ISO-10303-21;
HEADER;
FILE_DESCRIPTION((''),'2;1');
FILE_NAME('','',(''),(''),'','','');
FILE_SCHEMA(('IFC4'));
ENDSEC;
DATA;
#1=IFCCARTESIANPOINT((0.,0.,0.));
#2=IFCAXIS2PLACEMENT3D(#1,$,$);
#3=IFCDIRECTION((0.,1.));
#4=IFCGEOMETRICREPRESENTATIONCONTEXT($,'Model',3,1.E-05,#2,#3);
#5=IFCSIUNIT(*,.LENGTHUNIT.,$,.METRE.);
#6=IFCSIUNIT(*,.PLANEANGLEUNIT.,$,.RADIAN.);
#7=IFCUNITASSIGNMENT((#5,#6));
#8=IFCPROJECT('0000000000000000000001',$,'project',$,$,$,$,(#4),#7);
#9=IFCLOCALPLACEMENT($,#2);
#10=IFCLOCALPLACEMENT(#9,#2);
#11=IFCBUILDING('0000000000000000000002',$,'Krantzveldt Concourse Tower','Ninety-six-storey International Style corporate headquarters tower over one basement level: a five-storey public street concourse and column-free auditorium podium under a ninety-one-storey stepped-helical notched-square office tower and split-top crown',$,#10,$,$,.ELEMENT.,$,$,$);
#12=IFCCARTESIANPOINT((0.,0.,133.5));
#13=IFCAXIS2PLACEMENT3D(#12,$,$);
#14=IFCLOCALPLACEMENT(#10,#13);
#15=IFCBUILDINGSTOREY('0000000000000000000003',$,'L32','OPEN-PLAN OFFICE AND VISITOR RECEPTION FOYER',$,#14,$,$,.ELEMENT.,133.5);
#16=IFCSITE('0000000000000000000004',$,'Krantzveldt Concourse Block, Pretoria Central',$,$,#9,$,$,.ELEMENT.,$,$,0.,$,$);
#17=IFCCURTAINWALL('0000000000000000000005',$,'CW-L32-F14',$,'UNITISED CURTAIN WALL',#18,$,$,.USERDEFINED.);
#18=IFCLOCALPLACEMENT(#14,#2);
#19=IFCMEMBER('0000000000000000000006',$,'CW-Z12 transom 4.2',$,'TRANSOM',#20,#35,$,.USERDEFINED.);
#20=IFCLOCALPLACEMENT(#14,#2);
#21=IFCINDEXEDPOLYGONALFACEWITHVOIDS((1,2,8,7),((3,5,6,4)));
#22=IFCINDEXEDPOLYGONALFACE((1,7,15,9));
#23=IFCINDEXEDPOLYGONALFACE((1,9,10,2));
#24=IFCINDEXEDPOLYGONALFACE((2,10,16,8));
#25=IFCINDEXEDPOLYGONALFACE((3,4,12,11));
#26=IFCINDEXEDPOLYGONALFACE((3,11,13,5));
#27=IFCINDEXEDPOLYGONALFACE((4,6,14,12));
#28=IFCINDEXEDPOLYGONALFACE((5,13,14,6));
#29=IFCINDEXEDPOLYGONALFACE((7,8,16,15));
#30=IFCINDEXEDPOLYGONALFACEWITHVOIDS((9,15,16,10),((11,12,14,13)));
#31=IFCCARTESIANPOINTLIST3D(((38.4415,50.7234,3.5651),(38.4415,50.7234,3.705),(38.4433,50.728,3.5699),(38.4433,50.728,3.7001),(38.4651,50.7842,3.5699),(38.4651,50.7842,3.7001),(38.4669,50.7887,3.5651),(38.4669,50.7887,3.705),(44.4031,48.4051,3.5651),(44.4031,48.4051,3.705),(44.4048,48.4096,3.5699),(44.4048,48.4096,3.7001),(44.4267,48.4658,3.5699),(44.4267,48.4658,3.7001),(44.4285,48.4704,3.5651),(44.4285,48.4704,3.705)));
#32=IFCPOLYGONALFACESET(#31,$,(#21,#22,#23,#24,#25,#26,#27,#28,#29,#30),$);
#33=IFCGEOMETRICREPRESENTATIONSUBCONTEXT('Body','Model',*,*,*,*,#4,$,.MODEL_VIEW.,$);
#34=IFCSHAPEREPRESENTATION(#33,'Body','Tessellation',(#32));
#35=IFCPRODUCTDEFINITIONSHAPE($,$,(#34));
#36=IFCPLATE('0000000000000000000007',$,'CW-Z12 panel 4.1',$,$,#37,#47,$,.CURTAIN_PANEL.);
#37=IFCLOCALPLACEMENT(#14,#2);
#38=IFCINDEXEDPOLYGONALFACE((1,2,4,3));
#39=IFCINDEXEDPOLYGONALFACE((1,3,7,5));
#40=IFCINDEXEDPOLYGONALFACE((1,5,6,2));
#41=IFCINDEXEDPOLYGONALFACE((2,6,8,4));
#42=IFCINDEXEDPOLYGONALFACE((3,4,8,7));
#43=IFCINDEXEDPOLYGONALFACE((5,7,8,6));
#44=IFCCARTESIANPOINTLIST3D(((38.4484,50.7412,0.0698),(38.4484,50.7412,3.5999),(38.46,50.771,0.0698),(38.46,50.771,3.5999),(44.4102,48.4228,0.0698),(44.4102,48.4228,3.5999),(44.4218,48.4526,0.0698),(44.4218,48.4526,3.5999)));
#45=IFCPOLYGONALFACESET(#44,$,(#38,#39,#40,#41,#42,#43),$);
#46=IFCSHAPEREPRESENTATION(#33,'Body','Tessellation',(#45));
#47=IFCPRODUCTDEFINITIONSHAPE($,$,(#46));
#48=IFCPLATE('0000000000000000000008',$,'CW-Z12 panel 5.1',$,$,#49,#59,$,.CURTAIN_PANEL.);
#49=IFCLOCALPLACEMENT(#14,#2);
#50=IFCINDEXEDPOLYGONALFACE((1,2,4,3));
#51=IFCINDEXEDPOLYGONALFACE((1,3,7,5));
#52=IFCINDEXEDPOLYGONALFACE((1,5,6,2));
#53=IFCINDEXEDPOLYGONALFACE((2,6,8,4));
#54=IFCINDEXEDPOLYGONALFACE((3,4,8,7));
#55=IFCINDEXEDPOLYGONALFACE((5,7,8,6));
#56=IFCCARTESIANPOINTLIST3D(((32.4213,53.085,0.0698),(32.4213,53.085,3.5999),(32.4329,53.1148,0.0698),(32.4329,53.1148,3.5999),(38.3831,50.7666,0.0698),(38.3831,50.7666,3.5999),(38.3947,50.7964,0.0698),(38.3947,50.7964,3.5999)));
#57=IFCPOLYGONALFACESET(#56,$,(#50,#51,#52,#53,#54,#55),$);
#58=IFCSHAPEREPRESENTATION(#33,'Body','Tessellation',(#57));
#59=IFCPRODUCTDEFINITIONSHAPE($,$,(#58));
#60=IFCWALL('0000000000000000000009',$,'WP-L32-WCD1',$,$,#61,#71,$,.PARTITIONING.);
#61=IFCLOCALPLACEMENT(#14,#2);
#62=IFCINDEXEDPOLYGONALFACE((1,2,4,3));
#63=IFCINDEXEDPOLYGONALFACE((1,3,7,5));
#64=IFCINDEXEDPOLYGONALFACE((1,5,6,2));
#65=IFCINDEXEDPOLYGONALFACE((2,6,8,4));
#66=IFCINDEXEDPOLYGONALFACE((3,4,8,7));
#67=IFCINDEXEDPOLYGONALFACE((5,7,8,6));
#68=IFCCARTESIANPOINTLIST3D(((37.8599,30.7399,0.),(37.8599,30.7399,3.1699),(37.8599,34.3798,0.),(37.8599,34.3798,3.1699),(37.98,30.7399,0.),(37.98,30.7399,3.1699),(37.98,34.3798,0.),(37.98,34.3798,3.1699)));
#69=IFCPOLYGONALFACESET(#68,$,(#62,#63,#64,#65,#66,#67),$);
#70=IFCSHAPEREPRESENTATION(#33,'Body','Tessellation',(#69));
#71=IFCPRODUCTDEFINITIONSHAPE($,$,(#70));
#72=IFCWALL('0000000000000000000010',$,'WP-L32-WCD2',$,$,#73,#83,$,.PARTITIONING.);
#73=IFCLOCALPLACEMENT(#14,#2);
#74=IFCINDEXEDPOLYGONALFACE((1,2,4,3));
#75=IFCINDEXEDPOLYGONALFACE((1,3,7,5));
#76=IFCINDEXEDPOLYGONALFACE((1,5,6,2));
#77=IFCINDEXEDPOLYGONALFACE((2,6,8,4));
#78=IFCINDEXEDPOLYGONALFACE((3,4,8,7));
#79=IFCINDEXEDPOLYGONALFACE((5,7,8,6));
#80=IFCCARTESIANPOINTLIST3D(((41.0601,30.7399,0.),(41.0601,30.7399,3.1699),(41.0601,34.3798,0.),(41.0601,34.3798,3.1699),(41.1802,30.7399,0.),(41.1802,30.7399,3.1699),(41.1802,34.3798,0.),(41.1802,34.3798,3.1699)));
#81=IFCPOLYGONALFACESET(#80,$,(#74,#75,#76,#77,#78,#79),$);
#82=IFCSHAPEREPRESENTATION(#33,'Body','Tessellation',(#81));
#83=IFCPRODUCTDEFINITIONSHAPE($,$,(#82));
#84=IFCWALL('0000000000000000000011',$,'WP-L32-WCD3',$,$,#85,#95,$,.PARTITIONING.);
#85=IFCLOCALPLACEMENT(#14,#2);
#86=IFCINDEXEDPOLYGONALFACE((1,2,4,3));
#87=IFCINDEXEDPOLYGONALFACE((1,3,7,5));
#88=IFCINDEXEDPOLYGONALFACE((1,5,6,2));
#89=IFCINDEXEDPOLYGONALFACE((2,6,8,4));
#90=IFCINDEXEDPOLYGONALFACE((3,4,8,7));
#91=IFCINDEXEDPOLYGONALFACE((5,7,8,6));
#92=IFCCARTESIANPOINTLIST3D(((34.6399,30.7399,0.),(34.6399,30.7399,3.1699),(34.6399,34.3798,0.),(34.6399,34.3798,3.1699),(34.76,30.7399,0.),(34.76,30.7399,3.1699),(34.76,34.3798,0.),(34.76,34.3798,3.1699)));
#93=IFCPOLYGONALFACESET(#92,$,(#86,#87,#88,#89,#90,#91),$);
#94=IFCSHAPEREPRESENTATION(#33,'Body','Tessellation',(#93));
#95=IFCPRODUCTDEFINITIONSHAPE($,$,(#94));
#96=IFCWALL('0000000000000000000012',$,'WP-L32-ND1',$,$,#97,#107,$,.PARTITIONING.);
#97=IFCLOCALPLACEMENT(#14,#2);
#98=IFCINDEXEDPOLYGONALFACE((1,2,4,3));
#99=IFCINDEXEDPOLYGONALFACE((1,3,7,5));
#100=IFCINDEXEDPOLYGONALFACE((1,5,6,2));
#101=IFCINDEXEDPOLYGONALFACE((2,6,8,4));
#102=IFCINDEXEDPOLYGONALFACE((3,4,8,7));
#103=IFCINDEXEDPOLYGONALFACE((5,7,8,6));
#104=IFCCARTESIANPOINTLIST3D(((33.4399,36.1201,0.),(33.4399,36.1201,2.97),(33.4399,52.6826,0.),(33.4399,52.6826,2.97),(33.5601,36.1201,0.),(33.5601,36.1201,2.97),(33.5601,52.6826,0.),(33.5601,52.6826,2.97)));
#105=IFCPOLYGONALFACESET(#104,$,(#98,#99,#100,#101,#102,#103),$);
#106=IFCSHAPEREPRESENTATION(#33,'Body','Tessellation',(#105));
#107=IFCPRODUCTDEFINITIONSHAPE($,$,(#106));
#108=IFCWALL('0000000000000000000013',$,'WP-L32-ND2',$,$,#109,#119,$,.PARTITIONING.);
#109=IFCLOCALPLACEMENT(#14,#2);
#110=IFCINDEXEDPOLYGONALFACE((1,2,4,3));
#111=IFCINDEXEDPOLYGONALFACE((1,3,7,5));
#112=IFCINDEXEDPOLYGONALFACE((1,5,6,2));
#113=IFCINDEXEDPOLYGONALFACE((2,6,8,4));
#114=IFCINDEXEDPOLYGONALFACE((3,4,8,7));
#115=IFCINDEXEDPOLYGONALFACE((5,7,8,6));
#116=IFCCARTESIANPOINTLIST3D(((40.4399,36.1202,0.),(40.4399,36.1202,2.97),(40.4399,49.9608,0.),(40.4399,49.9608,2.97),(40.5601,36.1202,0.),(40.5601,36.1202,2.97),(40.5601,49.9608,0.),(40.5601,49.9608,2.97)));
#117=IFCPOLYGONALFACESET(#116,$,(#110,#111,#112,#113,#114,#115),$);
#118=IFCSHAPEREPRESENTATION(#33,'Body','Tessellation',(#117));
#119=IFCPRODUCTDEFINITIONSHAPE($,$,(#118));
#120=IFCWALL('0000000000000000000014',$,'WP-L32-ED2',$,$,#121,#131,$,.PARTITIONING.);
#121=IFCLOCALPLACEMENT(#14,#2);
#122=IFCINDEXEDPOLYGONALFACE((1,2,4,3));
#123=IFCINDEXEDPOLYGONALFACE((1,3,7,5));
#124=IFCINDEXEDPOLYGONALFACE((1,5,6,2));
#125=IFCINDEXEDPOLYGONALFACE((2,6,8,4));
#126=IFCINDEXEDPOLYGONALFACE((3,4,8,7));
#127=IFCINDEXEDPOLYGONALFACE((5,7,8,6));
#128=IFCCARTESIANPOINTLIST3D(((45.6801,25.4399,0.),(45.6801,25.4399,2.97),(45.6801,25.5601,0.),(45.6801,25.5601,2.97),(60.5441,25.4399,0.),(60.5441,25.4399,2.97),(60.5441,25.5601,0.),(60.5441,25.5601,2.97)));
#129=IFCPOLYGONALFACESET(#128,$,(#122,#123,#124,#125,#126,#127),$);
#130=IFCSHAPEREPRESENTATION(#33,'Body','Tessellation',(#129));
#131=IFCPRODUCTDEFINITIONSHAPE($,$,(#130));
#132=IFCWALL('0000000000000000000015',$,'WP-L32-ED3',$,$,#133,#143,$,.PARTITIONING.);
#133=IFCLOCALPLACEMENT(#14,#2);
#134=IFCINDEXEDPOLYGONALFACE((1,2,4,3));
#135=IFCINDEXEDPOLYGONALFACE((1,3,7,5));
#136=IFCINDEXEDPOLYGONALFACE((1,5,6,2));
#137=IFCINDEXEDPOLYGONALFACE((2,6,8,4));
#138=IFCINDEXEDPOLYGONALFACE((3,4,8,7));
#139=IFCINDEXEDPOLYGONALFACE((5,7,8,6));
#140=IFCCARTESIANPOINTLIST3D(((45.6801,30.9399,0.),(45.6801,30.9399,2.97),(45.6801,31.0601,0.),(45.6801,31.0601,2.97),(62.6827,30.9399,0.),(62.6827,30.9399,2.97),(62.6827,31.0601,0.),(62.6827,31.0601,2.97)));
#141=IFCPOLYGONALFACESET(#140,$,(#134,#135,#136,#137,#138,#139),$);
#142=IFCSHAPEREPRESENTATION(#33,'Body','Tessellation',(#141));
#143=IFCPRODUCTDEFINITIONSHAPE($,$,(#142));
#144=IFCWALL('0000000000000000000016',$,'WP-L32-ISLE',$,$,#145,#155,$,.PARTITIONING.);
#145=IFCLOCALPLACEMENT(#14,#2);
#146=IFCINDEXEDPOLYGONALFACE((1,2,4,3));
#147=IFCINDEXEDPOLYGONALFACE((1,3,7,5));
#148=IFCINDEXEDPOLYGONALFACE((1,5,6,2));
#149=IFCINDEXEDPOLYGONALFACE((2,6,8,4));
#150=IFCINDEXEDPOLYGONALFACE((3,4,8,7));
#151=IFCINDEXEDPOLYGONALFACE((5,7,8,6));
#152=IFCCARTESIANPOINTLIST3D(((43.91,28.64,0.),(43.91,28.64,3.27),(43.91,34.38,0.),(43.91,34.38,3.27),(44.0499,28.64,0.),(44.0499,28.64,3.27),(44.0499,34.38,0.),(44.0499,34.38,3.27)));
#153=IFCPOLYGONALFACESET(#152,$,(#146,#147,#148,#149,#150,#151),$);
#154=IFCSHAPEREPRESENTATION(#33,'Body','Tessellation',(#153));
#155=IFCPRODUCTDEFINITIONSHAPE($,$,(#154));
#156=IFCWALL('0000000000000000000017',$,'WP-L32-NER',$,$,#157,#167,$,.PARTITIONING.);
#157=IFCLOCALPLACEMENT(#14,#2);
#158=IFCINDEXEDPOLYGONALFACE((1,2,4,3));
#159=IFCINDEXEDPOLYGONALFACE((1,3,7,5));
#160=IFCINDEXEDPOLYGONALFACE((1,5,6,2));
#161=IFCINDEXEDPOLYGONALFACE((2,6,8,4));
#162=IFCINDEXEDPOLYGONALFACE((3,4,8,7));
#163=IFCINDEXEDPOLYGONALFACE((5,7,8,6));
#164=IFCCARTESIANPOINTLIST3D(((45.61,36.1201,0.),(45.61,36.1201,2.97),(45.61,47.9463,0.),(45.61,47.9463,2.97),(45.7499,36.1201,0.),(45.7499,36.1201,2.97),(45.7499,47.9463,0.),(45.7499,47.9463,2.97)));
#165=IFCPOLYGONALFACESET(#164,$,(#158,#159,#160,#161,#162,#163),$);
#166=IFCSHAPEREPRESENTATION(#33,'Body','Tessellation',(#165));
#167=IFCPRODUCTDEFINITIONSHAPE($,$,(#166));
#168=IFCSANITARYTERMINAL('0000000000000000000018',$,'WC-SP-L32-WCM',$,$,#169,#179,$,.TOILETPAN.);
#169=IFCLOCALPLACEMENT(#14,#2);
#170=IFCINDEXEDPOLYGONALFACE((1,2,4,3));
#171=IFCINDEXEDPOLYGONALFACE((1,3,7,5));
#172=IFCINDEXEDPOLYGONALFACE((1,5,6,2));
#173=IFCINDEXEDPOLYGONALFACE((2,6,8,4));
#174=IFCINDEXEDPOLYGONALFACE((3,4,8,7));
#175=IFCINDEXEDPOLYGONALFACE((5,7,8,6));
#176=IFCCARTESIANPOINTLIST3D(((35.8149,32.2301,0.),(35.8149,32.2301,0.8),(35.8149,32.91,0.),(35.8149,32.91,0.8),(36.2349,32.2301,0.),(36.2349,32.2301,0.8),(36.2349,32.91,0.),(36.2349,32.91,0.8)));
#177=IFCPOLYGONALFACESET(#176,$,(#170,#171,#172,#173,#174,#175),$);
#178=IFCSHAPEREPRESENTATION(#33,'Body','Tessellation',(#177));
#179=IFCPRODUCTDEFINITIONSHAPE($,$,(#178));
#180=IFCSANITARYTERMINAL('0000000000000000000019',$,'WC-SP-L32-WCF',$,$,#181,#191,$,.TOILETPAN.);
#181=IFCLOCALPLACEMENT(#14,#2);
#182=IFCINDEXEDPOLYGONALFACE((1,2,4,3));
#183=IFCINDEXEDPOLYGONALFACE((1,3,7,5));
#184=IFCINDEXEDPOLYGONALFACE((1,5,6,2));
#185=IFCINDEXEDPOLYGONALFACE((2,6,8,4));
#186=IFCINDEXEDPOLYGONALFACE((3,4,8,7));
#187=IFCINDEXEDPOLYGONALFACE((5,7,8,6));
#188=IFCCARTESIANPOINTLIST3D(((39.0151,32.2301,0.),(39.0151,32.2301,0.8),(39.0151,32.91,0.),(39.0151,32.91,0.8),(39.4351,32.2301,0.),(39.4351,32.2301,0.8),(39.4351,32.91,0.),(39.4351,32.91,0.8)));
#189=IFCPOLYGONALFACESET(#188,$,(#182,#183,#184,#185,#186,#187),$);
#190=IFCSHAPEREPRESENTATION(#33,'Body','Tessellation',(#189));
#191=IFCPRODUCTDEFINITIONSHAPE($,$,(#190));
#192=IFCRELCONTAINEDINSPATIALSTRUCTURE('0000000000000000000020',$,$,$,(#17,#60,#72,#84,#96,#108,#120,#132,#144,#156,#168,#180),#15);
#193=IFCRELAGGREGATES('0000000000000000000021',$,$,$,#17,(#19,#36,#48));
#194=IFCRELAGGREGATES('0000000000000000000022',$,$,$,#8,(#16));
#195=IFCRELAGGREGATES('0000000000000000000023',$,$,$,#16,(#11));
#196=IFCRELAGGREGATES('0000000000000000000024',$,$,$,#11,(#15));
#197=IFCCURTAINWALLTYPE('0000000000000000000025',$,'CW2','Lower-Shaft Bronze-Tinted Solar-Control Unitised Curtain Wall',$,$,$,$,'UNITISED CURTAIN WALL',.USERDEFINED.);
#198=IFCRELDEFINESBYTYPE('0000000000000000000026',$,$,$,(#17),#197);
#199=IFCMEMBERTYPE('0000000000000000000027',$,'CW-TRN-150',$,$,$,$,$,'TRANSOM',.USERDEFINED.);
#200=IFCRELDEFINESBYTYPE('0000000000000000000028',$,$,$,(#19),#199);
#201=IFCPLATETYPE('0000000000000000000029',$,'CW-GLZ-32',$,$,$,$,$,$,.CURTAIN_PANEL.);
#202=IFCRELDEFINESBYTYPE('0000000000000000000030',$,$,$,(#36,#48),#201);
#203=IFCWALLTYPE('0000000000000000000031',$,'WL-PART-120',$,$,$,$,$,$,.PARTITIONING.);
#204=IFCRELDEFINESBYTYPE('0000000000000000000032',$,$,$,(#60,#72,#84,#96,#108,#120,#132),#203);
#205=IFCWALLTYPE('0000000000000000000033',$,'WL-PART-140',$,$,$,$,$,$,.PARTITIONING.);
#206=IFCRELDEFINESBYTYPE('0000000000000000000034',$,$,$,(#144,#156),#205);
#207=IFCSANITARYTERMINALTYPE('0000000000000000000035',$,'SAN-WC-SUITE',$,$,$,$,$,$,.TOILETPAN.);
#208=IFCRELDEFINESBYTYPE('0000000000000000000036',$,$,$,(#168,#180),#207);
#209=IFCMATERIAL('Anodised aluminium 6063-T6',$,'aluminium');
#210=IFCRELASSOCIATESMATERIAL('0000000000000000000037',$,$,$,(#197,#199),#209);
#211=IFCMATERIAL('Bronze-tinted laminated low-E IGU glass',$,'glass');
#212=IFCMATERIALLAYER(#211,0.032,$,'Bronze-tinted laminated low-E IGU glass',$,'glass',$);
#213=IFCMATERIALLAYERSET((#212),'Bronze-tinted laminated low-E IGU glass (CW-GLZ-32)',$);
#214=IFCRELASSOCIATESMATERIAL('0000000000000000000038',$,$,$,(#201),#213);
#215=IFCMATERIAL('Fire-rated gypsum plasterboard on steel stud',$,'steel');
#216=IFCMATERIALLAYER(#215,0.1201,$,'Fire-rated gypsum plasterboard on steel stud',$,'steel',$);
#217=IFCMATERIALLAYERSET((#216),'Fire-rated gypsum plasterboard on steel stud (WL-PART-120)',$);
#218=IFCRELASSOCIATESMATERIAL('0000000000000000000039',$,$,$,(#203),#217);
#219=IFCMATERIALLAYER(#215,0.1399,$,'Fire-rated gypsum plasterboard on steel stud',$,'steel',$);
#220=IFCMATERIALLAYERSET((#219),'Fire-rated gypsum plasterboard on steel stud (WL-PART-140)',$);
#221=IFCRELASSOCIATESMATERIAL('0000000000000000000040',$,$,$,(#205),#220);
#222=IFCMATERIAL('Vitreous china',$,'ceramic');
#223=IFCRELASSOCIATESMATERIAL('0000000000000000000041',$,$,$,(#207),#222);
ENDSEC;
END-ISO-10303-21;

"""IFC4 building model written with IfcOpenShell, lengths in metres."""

from ifc_helpers import new_model, si_unit, direction, frame, frame_2d, origin, origin_2d, place, context, subcontext, project, spatial, rectangle, hollow_rectangle, extrude, source, transform, mapped, material, layer, layer_set, material_profile, profile_set, type_object, type_shapes, element, aggregate, save


model = new_model("IFC4")

# Units and contexts
model_context = context("Model", 3, precision=1e-05, world=origin(), true_north=direction((0.0, 1.0)))
body_context = subcontext(model_context, "Body", "Model", "MODEL_VIEW")
ifc_project = project(units=[si_unit("LENGTHUNIT", "METRE"), si_unit("PLANEANGLEUNIT", "RADIAN")], contexts=[model_context])

# Site, building, storey
site_placement = place(None, origin())
site = spatial("IfcSite", under=ifc_project, at=site_placement, Name="Krantzveldt Concourse Block, Pretoria Central", CompositionType="ELEMENT", RefElevation=0.0)
building_placement = place(site_placement, origin())
building = spatial("IfcBuilding", under=site, at=building_placement, Name="Krantzveldt Concourse Tower", Description="Ninety-six-storey International Style corporate headquarters tower over one basement level: a five-storey public street concourse and column-free auditorium podium under a ninety-one-storey stepped-helical notched-square office tower and split-top crown", CompositionType="ELEMENT")
storey_placement = place(building_placement, frame((0.0, 0.0, 133.5)))
storey = spatial("IfcBuildingStorey", under=building, at=storey_placement, Name="L32", Description="OPEN-PLAN OFFICE AND VISITOR RECEPTION FOYER", CompositionType="ELEMENT", Elevation=133.5)

# Curtain wall, member, plates
ifc_material_1 = material(Name="Anodised aluminium 6063-T6", Category="aluminium")
curtain_wall_type = type_object("IfcCurtainWallType", Name="CW2", Description="Lower-Shaft Bronze-Tinted Solar-Control Unitised Curtain Wall", ElementType="UNITISED CURTAIN WALL", PredefinedType="USERDEFINED", material=ifc_material_1)
curtain_wall_placement = place(storey_placement, origin())
curtain_wall = element("IfcCurtainWall", 1, at=curtain_wall_placement, inside=storey, type_object=curtain_wall_type, Name="CW-L32-F14", ObjectType="UNITISED CURTAIN WALL", PredefinedType="USERDEFINED")
ifc_material_profile_1 = material_profile(ifc_material_1, hollow_rectangle(XDim=0.0701, YDim=0.1399, WallThickness=0.0049, at=origin_2d()), Name="Anodised aluminium 6063-T6", Category="aluminium")
ifc_profile_set_1 = profile_set([ifc_material_profile_1], Name="Anodised aluminium 6063-T6 - ALU-TRAN 140x70x5")
member_type_1 = type_object("IfcMemberType", Name="CW-TRN-150", ElementType="TRANSOM", PredefinedType="USERDEFINED", material=ifc_profile_set_1)
shared_shape_1 = source(origin(), body_context, "Body", "SweptSolid", [
    extrude(hollow_rectangle(XDim=0.0701, YDim=0.1399, WallThickness=0.0049, at=origin_2d()), origin(), (0.0, 0.0, 1.0), 6.3965),
])
member_1_placement = place(storey_placement, frame((44.4158, 48.4377, 3.635), z_axis=(-0.932008, 0.362437, 0.0), x_axis=(-0.362437, -0.932008, 0.0)))
member_1 = element("IfcMember", 2, at=member_1_placement, type_object=member_type_1, Name="CW-Z12 transom 4.2", ObjectType="TRANSOM", PredefinedType="USERDEFINED", context=body_context, shape_type="MappedRepresentation", body=[
    mapped(shared_shape_1, transform((0.0, 0.0, 0.0), x_axis=(1.0, 0.0, 0.0), y_axis=(0.0, 1.0, 0.0), z_axis=(0.0, 0.0, 1.0), scale=1.0)),
])
ifc_material_2 = material(Name="Bronze-tinted laminated low-E IGU glass", Category="glass")
ifc_layer_1 = layer(ifc_material_2, 0.032, Name="Bronze-tinted laminated low-E IGU glass", Category="glass")
ifc_layer_set_1 = layer_set([ifc_layer_1], Name="Bronze-tinted laminated low-E IGU glass (CW-GLZ-32)")
plate_type = type_object("IfcPlateType", Name="CW-GLZ-32", PredefinedType="CURTAIN_PANEL", material=ifc_layer_set_1)
shared_shape_2 = source(origin(), body_context, "Body", "SweptSolid", [
    extrude(rectangle(XDim=6.3967, YDim=0.032, at=origin_2d()), origin(), (0.0, 0.0, 1.0), 3.53),
])
type_shapes(plate_type, [shared_shape_2])
plate_1_placement = place(storey_placement, frame((41.4351, 49.5969, 0.0698), z_axis=(0.0, 0.0, 1.0), x_axis=(-0.932008, 0.362438, 0.0)))
plate_1 = element("IfcPlate", 3, at=plate_1_placement, type_object=plate_type, Name="CW-Z12 panel 4.1", PredefinedType="CURTAIN_PANEL", context=body_context, shape_type="MappedRepresentation", body=[
    mapped(shared_shape_2, transform((0.0, 0.0, 0.0), x_axis=(1.0, 0.0, 0.0), y_axis=(0.0, 1.0, 0.0), z_axis=(0.0, 0.0, 1.0), scale=1.0)),
])
plate_2_placement = place(storey_placement, frame((35.408, 51.9407, 0.0698), z_axis=(0.0, 0.0, 1.0), x_axis=(-0.932008, 0.362438, 0.0)))
plate_2 = element("IfcPlate", 4, at=plate_2_placement, type_object=plate_type, Name="CW-Z12 panel 5.1", PredefinedType="CURTAIN_PANEL", context=body_context, shape_type="MappedRepresentation", body=[
    mapped(shared_shape_2, transform((0.0, 0.0, 0.0), x_axis=(1.0, 0.0, 0.0), y_axis=(0.0, 1.0, 0.0), z_axis=(0.0, 0.0, 1.0), scale=1.0)),
])
aggregate(curtain_wall, [member_1, plate_1, plate_2])

# Walls
ifc_material_3 = material(Name="Fire-rated gypsum plasterboard on steel stud", Category="steel")
ifc_layer_2 = layer(ifc_material_3, 0.1201, Name="Fire-rated gypsum plasterboard on steel stud", Category="steel")
ifc_layer_set_2 = layer_set([ifc_layer_2], Name="Fire-rated gypsum plasterboard on steel stud (WL-PART-120)")
wall_type_1 = type_object("IfcWallType", Name="WL-PART-120", PredefinedType="PARTITIONING", material=ifc_layer_set_2)
for number, where, z_axis, x_axis, name in (
    (5, (37.9199, 30.74, 0.0), (0.0, 0.0, 1.0), (0.0, 1.0, 0.0), "WP-L32-WCD1"),
    (6, (41.1201, 30.74, 0.0), (0.0, 0.0, 1.0), (0.0, 1.0, 0.0), "WP-L32-WCD2"),
    (7, (34.7, 30.74, 0.0), (0.0, 0.0, 1.0), (0.0, 1.0, 0.0), "WP-L32-WCD3"),
):
    element("IfcWall", number, at=place(storey_placement, frame(where, z_axis=z_axis, x_axis=x_axis)), inside=storey, type_object=wall_type_1, Name=name, PredefinedType="PARTITIONING", context=body_context, shape_type="SweptSolid", body=[
        extrude(rectangle(XDim=3.6399, YDim=0.1201, at=frame_2d((1.8198, 0.0))), origin(), (0.0, 0.0, 1.0), 3.1699),
    ])
wall_1_placement = place(storey_placement, frame((33.5, 36.1201, 0.0), z_axis=(0.0, 0.0, 1.0), x_axis=(0.0, 1.0, 0.0)))
element("IfcWall", 8, at=wall_1_placement, inside=storey, type_object=wall_type_1, Name="WP-L32-ND1", PredefinedType="PARTITIONING", context=body_context, shape_type="SweptSolid", body=[
    extrude(rectangle(XDim=16.5625, YDim=0.1201, at=frame_2d((8.2812, 0.0))), origin(), (0.0, 0.0, 1.0), 2.97),
])
wall_2_placement = place(storey_placement, frame((40.5, 36.1201, 0.0), z_axis=(0.0, 0.0, 1.0), x_axis=(0.0, 1.0, 0.0)))
element("IfcWall", 9, at=wall_2_placement, inside=storey, type_object=wall_type_1, Name="WP-L32-ND2", PredefinedType="PARTITIONING", context=body_context, shape_type="SweptSolid", body=[
    extrude(rectangle(XDim=13.8406, YDim=0.1201, at=frame_2d((6.9204, 0.0))), origin(), (0.0, 0.0, 1.0), 2.97),
])
wall_3_placement = place(storey_placement, frame((45.6799, 25.5, 0.0), z_axis=(0.0, 0.0, 1.0), x_axis=(1.0, 0.0, 0.0)))
element("IfcWall", 10, at=wall_3_placement, inside=storey, type_object=wall_type_1, Name="WP-L32-ED2", PredefinedType="PARTITIONING", context=body_context, shape_type="SweptSolid", body=[
    extrude(rectangle(XDim=14.864, YDim=0.1201, at=frame_2d((7.4321, 0.0))), origin(), (0.0, 0.0, 1.0), 2.97),
])
wall_4_placement = place(storey_placement, frame((45.6799, 31.0, 0.0), z_axis=(0.0, 0.0, 1.0), x_axis=(1.0, 0.0, 0.0)))
element("IfcWall", 11, at=wall_4_placement, inside=storey, type_object=wall_type_1, Name="WP-L32-ED3", PredefinedType="PARTITIONING", context=body_context, shape_type="SweptSolid", body=[
    extrude(rectangle(XDim=17.0027, YDim=0.1201, at=frame_2d((8.5015, 0.0))), origin(), (0.0, 0.0, 1.0), 2.97),
])
ifc_layer_3 = layer(ifc_material_3, 0.1399, Name="Fire-rated gypsum plasterboard on steel stud", Category="steel")
ifc_layer_set_3 = layer_set([ifc_layer_3], Name="Fire-rated gypsum plasterboard on steel stud (WL-PART-140)")
wall_type_2 = type_object("IfcWallType", Name="WL-PART-140", PredefinedType="PARTITIONING", material=ifc_layer_set_3)
wall_5_placement = place(storey_placement, frame((43.98, 28.6399, 0.0), z_axis=(0.0, 0.0, 1.0), x_axis=(0.0, 1.0, 0.0)))
element("IfcWall", 12, at=wall_5_placement, inside=storey, type_object=wall_type_2, Name="WP-L32-ISLE", PredefinedType="PARTITIONING", context=body_context, shape_type="SweptSolid", body=[
    extrude(rectangle(XDim=5.74, YDim=0.1399, at=frame_2d((2.8701, 0.0))), origin(), (0.0, 0.0, 1.0), 3.27),
])
wall_6_placement = place(storey_placement, frame((45.6799, 36.1201, 0.0), z_axis=(0.0, 0.0, 1.0), x_axis=(0.0, 1.0, 0.0)))
element("IfcWall", 13, at=wall_6_placement, inside=storey, type_object=wall_type_2, Name="WP-L32-NER", PredefinedType="PARTITIONING", context=body_context, shape_type="SweptSolid", body=[
    extrude(rectangle(XDim=11.8262, YDim=0.1399, at=frame_2d((5.9131, 0.0))), origin(), (0.0, 0.0, 1.0), 2.97),
])

# Sanitary terminals
ifc_material_4 = material(Name="Vitreous china", Category="ceramic")
sanitary_terminal_type_1 = type_object("IfcSanitaryTerminalType", Name="SAN-WC-SUITE", PredefinedType="TOILETPAN", material=ifc_material_4)
shared_shape_3 = source(origin(), body_context, "Body", "SweptSolid", [
    extrude(rectangle(XDim=0.4199, YDim=0.6799, at=origin_2d()), origin(), (0.0, 0.0, 1.0), 0.8),
])
type_shapes(sanitary_terminal_type_1, [shared_shape_3])
for number, where, z_axis, x_axis, name in (
    (14, (36.0249, 32.5701, 0.0), (0.0, 0.0, 1.0), (1.0, 0.0, 0.0), "WC-SP-L32-WCM"),
    (15, (39.2251, 32.5701, 0.0), (0.0, 0.0, 1.0), (1.0, 0.0, 0.0), "WC-SP-L32-WCF"),
):
    element("IfcSanitaryTerminal", number, at=place(storey_placement, frame(where, z_axis=z_axis, x_axis=x_axis)), inside=storey, type_object=sanitary_terminal_type_1, Name=name, PredefinedType="TOILETPAN", context=body_context, shape_type="MappedRepresentation", body=[
        mapped(shared_shape_3, transform((0.0, 0.0, 0.0), x_axis=(1.0, 0.0, 0.0), y_axis=(0.0, 1.0, 0.0), z_axis=(0.0, 0.0, 1.0), scale=1.0)),
    ])

save(model, "model.ifc")
